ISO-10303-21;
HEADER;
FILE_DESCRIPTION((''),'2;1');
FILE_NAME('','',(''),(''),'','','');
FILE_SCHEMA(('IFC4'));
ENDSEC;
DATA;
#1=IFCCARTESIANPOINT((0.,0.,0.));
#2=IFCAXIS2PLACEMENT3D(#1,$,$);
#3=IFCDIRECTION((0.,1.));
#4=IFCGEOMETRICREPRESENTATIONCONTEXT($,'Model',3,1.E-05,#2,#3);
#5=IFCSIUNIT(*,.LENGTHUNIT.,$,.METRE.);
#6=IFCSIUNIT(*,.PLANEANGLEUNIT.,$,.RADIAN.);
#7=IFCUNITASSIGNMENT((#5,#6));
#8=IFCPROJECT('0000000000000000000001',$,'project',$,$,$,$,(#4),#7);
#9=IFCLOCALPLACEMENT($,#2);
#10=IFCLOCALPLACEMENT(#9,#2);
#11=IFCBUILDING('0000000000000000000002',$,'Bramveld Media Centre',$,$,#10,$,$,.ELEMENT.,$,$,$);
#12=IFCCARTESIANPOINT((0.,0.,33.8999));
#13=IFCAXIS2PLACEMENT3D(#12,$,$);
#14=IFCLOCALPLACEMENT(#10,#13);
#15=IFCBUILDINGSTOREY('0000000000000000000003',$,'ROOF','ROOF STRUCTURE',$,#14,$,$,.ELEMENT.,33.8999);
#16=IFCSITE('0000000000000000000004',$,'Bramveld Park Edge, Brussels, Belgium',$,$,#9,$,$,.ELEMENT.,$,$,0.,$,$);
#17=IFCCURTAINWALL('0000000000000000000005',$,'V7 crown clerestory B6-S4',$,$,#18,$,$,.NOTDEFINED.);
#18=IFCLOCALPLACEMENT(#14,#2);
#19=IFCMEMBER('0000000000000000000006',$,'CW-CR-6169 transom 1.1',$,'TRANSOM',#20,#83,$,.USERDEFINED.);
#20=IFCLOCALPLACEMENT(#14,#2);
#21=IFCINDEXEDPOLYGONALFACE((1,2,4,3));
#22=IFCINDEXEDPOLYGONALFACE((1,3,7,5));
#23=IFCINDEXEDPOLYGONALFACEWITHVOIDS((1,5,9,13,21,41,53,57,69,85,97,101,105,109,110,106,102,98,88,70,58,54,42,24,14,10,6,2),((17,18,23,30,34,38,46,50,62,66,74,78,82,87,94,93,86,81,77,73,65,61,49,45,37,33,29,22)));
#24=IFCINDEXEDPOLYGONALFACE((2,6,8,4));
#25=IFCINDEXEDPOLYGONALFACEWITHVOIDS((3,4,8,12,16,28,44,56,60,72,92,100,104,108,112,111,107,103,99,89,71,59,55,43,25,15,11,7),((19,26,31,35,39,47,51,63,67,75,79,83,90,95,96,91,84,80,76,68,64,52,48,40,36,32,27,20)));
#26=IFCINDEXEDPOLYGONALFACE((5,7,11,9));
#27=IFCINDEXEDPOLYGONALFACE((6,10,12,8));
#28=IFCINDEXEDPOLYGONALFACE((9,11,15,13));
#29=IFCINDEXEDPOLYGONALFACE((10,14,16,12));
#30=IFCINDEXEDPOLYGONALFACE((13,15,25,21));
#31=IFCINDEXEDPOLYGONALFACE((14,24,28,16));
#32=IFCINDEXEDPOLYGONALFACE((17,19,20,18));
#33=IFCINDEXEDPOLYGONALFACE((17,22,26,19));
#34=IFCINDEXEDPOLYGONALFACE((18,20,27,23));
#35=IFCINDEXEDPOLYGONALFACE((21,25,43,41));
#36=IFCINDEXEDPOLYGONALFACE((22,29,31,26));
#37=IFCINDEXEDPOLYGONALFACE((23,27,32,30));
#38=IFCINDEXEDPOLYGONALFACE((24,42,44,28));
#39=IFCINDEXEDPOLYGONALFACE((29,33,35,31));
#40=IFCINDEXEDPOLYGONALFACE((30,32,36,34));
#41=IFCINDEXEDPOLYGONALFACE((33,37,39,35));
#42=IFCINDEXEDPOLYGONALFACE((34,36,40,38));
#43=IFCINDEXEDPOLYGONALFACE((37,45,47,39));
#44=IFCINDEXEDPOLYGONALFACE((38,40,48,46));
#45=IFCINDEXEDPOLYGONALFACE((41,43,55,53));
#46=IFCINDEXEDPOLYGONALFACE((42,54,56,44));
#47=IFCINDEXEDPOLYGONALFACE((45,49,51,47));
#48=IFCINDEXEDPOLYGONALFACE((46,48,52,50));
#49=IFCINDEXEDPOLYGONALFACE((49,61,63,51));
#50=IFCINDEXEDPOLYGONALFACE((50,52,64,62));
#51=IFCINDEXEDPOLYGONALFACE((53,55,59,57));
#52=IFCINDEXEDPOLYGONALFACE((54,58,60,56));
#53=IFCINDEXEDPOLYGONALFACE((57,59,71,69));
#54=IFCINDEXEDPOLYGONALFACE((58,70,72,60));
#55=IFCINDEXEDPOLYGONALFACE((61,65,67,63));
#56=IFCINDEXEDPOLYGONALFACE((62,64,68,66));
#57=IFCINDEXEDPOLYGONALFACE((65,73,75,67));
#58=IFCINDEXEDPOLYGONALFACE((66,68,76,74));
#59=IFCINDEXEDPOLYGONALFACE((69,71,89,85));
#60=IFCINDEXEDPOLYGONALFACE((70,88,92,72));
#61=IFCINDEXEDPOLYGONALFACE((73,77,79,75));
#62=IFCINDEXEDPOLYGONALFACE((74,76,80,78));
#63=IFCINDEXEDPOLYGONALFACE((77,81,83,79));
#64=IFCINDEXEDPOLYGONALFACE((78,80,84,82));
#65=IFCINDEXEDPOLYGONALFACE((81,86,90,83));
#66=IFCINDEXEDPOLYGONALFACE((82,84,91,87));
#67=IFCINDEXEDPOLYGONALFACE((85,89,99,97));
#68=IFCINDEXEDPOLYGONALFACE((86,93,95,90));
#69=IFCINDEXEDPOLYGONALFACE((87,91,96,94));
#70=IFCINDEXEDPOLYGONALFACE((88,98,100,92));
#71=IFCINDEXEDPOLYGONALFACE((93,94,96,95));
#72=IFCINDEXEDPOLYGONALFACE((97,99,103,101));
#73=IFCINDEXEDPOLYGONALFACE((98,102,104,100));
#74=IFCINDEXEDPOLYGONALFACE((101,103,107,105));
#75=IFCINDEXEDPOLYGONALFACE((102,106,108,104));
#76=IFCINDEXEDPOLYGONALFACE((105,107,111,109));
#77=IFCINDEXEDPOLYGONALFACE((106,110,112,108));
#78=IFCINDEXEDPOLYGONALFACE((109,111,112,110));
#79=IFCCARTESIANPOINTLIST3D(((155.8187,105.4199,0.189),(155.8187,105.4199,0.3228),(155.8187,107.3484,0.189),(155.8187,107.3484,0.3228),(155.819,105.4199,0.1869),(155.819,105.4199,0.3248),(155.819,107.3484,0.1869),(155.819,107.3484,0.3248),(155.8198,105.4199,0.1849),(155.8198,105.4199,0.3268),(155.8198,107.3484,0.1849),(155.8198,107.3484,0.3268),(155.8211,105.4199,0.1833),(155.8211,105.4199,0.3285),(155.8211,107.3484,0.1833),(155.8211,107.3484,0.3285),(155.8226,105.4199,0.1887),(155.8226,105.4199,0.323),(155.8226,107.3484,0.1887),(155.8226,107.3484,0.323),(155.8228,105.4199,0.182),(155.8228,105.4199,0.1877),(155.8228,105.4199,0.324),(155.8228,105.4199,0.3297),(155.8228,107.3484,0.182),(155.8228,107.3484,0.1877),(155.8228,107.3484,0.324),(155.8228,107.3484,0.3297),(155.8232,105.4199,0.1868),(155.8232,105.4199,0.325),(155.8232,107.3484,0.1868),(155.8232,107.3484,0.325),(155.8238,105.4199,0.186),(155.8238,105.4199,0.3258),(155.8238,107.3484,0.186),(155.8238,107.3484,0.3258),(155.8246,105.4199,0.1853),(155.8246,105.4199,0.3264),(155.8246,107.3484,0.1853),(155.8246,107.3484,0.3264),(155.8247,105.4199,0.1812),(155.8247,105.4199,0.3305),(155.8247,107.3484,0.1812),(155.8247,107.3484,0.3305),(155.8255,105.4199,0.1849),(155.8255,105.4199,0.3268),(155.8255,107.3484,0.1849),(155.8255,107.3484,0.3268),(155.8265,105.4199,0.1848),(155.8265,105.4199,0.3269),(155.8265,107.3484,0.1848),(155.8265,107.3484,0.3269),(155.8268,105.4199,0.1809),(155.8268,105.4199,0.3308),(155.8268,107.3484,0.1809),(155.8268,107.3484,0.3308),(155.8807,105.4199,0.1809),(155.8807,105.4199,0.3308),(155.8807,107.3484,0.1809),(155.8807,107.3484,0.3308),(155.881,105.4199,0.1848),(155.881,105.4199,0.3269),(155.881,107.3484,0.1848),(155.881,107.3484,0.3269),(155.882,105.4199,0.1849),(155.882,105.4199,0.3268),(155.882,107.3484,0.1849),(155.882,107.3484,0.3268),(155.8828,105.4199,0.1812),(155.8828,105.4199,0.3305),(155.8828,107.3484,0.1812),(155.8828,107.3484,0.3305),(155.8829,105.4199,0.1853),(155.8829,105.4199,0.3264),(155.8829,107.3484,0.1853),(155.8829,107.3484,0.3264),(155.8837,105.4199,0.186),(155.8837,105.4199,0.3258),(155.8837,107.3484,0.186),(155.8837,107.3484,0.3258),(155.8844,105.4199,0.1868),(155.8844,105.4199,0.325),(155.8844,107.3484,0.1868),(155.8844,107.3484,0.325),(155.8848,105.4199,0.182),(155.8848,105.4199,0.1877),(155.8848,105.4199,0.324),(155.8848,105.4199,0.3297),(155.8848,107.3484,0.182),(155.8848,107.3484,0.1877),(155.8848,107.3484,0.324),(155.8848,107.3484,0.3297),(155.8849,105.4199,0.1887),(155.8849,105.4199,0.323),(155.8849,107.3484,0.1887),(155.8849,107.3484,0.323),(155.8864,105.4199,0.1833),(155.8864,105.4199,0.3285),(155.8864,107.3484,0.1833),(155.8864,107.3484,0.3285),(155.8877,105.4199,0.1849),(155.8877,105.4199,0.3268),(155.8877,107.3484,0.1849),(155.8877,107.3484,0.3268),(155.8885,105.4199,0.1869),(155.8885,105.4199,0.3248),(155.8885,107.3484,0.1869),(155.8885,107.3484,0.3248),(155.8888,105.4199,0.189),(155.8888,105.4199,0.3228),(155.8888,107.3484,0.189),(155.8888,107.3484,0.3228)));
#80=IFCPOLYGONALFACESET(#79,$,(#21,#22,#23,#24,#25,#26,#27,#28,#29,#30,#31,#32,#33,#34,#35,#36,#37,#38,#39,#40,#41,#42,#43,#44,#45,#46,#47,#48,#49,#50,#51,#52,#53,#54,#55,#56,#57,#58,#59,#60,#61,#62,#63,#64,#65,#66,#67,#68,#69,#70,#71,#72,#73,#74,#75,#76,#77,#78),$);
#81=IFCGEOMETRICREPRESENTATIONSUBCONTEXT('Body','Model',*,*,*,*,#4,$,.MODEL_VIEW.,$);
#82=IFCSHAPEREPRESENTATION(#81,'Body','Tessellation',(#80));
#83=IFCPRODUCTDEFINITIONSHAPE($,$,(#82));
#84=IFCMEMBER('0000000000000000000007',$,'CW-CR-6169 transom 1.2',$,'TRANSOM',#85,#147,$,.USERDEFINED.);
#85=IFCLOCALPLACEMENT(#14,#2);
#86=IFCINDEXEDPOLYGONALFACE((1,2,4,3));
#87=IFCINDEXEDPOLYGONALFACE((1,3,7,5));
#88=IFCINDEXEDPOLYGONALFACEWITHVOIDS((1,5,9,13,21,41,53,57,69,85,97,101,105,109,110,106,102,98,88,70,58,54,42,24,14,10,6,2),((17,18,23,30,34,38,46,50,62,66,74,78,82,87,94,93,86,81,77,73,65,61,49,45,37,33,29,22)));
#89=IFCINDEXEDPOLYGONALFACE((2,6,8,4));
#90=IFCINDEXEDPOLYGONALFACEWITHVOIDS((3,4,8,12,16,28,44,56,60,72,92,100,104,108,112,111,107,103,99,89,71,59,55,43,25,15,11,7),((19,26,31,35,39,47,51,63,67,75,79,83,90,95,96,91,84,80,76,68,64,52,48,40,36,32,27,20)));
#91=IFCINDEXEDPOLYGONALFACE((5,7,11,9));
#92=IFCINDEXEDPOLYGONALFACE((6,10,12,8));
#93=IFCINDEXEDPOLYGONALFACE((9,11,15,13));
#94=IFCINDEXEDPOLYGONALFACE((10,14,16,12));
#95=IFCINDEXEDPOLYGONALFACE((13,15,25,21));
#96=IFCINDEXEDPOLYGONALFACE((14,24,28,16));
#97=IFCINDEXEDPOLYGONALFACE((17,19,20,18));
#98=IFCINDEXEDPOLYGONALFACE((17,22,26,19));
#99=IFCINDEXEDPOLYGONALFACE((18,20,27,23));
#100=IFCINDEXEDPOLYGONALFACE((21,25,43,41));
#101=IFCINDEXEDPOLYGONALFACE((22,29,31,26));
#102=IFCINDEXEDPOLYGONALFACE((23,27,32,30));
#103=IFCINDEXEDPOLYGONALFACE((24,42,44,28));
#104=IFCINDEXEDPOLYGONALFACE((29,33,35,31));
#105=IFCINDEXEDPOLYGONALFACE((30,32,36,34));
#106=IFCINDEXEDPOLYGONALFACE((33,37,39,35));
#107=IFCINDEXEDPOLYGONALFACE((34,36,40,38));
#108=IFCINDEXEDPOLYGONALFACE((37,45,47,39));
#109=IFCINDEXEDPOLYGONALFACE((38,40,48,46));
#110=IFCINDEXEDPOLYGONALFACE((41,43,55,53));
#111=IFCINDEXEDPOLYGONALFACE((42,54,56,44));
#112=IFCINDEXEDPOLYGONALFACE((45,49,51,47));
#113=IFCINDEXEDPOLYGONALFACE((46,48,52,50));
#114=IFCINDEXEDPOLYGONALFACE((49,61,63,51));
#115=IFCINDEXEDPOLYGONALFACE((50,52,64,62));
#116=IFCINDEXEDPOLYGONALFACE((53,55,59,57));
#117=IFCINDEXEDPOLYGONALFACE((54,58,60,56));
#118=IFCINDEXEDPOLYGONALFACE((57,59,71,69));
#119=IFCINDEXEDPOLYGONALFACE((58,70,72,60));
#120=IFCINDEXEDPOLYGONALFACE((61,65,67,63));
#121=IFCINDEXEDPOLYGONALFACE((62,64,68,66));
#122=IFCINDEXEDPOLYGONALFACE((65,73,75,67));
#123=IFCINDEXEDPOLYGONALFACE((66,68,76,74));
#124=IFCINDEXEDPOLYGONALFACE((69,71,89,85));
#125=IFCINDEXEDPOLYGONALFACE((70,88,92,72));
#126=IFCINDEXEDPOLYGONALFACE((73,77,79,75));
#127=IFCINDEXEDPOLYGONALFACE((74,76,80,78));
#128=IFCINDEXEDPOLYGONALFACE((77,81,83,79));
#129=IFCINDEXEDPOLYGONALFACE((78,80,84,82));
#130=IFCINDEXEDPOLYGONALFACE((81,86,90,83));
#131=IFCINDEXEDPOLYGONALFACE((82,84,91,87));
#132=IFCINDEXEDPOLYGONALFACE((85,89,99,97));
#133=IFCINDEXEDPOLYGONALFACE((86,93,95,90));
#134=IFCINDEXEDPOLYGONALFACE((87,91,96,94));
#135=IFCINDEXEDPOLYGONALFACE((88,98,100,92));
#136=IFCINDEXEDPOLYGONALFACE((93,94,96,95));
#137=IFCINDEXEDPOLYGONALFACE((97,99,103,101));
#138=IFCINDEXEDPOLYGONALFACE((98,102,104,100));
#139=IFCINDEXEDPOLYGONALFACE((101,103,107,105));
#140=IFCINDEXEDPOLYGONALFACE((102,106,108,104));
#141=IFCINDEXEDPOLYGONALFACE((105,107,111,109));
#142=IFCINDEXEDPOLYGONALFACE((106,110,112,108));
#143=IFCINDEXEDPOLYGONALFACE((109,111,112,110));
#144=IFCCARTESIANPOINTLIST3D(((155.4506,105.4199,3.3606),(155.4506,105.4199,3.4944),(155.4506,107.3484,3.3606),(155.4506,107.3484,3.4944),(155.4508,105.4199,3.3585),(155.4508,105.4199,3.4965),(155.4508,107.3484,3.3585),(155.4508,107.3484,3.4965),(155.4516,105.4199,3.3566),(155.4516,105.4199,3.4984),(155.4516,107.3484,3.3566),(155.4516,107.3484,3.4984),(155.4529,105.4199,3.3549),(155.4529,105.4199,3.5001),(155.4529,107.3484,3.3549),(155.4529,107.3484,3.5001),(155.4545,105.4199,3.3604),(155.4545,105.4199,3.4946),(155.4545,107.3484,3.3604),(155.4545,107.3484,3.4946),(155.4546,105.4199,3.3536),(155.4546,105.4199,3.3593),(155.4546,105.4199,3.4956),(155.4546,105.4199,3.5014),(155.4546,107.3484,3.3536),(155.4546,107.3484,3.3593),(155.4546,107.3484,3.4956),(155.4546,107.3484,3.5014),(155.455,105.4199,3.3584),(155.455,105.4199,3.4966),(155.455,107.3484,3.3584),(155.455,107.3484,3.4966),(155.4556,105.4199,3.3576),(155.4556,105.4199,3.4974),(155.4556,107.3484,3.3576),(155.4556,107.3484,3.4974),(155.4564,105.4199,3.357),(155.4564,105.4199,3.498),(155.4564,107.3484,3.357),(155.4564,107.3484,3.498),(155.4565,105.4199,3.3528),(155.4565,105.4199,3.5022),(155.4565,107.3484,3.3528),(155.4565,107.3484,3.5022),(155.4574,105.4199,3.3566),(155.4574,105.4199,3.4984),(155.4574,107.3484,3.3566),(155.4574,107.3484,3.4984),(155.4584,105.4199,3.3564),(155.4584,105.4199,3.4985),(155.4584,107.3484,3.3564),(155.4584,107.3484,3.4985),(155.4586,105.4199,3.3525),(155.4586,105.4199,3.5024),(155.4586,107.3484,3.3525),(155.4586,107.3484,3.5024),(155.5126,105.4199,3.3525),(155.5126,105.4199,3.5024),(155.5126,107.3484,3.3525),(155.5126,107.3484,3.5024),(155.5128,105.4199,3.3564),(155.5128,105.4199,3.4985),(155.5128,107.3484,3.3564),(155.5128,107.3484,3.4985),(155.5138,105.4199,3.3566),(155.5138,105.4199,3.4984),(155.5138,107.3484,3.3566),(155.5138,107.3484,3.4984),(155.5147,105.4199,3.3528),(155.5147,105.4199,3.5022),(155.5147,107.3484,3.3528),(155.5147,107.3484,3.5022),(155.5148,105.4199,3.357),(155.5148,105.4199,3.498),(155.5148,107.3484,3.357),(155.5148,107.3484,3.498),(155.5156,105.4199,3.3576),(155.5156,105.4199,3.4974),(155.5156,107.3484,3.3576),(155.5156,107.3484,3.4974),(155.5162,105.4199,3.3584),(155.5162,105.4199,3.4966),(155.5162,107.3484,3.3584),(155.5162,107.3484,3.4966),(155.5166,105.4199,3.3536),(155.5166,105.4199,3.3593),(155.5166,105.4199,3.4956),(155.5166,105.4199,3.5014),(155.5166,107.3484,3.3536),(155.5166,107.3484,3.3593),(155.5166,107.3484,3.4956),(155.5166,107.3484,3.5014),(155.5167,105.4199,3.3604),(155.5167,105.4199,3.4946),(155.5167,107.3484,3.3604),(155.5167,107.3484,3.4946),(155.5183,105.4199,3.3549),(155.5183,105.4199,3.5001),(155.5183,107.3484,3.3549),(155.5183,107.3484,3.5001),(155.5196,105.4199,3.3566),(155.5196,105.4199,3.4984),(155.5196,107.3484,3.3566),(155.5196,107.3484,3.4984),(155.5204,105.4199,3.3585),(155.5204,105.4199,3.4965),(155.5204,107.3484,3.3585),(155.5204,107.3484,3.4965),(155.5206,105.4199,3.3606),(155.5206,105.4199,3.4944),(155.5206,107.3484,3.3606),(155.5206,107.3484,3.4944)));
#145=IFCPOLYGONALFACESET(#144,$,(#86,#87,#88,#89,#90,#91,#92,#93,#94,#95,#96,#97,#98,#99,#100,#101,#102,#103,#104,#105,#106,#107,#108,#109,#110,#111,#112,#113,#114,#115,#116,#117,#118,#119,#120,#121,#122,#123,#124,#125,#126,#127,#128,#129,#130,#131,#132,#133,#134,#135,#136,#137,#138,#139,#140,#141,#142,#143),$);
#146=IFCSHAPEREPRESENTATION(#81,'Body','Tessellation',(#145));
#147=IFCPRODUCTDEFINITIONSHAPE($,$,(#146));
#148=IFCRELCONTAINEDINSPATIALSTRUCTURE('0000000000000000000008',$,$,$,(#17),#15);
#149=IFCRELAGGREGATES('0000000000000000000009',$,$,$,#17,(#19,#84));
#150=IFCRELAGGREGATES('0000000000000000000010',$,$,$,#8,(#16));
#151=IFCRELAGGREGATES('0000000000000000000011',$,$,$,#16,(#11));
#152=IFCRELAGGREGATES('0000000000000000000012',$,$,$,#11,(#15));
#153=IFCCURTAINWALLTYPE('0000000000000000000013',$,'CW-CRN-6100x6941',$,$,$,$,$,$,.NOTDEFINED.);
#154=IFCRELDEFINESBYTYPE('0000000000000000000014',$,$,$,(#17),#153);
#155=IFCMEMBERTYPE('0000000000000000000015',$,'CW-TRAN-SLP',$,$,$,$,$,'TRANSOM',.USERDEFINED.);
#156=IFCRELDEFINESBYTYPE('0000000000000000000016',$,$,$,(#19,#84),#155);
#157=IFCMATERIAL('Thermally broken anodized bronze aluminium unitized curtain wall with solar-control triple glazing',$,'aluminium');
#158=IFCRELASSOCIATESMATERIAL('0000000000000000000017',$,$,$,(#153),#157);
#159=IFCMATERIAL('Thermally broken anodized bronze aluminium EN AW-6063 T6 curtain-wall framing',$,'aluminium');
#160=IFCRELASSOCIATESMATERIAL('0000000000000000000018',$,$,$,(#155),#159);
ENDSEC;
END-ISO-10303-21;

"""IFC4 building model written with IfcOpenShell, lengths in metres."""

from ifc_helpers import new_model, si_unit, direction, frame, origin, origin_2d, place, context, subcontext, project, spatial, hollow_rectangle, extrude, material, material_profile, profile_set, type_object, element, aggregate, save


model = new_model("IFC4")

# Units and contexts
model_context = context("Model", 3, precision=1e-05, world=origin(), true_north=direction((0.0, 1.0)))
body_context = subcontext(model_context, "Body", "Model", "MODEL_VIEW")
ifc_project = project(units=[si_unit("LENGTHUNIT", "METRE"), si_unit("PLANEANGLEUNIT", "RADIAN")], contexts=[model_context])

# Site, building, storey
site_placement = place(None, origin())
site = spatial("IfcSite", under=ifc_project, at=site_placement, Name="Bramveld Park Edge, Brussels, Belgium", CompositionType="ELEMENT", RefElevation=0.0)
building_placement = place(site_placement, origin())
building = spatial("IfcBuilding", under=site, at=building_placement, Name="Bramveld Media Centre", CompositionType="ELEMENT")
storey_placement = place(building_placement, frame((0.0, 0.0, 33.8999)))
storey = spatial("IfcBuildingStorey", under=building, at=storey_placement, Name="ROOF", Description="ROOF STRUCTURE", CompositionType="ELEMENT", Elevation=33.8999)

# Curtain wall
ifc_material_1 = material(Name="Thermally broken anodized bronze aluminium unitized curtain wall with solar-control triple glazing", Category="aluminium")
curtain_wall_type = type_object("IfcCurtainWallType", Name="CW-CRN-6100x6941", PredefinedType="NOTDEFINED", material=ifc_material_1)
curtain_wall_1_placement = place(storey_placement, origin())
curtain_wall_1 = element("IfcCurtainWall", 1, at=curtain_wall_1_placement, inside=storey, type_object=curtain_wall_type, Name="V7 crown clerestory B6-S4", PredefinedType="NOTDEFINED")

# Members
ifc_material_2 = material(Name="Thermally broken anodized bronze aluminium EN AW-6063 T6 curtain-wall framing", Category="aluminium")
ifc_material_profile_1 = material_profile(ifc_material_2, hollow_rectangle(XDim=0.0701, YDim=0.1499, WallThickness=0.0039, InnerFilletRadius=0.0039, OuterFilletRadius=0.0081, at=origin_2d()), Name="AL-TRAN 70x150")
ifc_profile_set_1 = profile_set([ifc_material_profile_1], Name="Thermally broken anodized bronze aluminium EN AW-6063 T6 curtain-wall framing")
member_type_1 = type_object("IfcMemberType", Name="CW-TRAN-SLP", ElementType="TRANSOM", PredefinedType="USERDEFINED", material=ifc_profile_set_1)
member_1_placement = place(storey_placement, frame((155.8538, 105.4199, 0.2559), z_axis=(0.0, 1.0, 0.0), x_axis=(-1.0, 0.0, 0.0)))
member_1 = element("IfcMember", 2, at=member_1_placement, type_object=member_type_1, Name="CW-CR-6169 transom 1.1", ObjectType="TRANSOM", PredefinedType="USERDEFINED", context=body_context, shape_type="SweptSolid", body=[
    extrude(hollow_rectangle(XDim=0.0701, YDim=0.1499, WallThickness=0.0039, InnerFilletRadius=0.0039, OuterFilletRadius=0.0081, at=origin_2d()), origin(), (0.0, 0.0, 1.0), 1.9285),
])
member_2_placement = place(storey_placement, frame((155.4856, 105.4199, 3.4275), z_axis=(0.0, 1.0, 0.0), x_axis=(-1.0, 0.0, 0.0)))
member_2 = element("IfcMember", 3, at=member_2_placement, type_object=member_type_1, Name="CW-CR-6169 transom 1.2", ObjectType="TRANSOM", PredefinedType="USERDEFINED", context=body_context, shape_type="SweptSolid", body=[
    extrude(hollow_rectangle(XDim=0.0701, YDim=0.1499, WallThickness=0.0039, InnerFilletRadius=0.0039, OuterFilletRadius=0.0081, at=origin_2d()), origin(), (0.0, 0.0, 1.0), 1.9285),
])

aggregate(curtain_wall_1, [member_1, member_2])

save(model, "model.ifc")
